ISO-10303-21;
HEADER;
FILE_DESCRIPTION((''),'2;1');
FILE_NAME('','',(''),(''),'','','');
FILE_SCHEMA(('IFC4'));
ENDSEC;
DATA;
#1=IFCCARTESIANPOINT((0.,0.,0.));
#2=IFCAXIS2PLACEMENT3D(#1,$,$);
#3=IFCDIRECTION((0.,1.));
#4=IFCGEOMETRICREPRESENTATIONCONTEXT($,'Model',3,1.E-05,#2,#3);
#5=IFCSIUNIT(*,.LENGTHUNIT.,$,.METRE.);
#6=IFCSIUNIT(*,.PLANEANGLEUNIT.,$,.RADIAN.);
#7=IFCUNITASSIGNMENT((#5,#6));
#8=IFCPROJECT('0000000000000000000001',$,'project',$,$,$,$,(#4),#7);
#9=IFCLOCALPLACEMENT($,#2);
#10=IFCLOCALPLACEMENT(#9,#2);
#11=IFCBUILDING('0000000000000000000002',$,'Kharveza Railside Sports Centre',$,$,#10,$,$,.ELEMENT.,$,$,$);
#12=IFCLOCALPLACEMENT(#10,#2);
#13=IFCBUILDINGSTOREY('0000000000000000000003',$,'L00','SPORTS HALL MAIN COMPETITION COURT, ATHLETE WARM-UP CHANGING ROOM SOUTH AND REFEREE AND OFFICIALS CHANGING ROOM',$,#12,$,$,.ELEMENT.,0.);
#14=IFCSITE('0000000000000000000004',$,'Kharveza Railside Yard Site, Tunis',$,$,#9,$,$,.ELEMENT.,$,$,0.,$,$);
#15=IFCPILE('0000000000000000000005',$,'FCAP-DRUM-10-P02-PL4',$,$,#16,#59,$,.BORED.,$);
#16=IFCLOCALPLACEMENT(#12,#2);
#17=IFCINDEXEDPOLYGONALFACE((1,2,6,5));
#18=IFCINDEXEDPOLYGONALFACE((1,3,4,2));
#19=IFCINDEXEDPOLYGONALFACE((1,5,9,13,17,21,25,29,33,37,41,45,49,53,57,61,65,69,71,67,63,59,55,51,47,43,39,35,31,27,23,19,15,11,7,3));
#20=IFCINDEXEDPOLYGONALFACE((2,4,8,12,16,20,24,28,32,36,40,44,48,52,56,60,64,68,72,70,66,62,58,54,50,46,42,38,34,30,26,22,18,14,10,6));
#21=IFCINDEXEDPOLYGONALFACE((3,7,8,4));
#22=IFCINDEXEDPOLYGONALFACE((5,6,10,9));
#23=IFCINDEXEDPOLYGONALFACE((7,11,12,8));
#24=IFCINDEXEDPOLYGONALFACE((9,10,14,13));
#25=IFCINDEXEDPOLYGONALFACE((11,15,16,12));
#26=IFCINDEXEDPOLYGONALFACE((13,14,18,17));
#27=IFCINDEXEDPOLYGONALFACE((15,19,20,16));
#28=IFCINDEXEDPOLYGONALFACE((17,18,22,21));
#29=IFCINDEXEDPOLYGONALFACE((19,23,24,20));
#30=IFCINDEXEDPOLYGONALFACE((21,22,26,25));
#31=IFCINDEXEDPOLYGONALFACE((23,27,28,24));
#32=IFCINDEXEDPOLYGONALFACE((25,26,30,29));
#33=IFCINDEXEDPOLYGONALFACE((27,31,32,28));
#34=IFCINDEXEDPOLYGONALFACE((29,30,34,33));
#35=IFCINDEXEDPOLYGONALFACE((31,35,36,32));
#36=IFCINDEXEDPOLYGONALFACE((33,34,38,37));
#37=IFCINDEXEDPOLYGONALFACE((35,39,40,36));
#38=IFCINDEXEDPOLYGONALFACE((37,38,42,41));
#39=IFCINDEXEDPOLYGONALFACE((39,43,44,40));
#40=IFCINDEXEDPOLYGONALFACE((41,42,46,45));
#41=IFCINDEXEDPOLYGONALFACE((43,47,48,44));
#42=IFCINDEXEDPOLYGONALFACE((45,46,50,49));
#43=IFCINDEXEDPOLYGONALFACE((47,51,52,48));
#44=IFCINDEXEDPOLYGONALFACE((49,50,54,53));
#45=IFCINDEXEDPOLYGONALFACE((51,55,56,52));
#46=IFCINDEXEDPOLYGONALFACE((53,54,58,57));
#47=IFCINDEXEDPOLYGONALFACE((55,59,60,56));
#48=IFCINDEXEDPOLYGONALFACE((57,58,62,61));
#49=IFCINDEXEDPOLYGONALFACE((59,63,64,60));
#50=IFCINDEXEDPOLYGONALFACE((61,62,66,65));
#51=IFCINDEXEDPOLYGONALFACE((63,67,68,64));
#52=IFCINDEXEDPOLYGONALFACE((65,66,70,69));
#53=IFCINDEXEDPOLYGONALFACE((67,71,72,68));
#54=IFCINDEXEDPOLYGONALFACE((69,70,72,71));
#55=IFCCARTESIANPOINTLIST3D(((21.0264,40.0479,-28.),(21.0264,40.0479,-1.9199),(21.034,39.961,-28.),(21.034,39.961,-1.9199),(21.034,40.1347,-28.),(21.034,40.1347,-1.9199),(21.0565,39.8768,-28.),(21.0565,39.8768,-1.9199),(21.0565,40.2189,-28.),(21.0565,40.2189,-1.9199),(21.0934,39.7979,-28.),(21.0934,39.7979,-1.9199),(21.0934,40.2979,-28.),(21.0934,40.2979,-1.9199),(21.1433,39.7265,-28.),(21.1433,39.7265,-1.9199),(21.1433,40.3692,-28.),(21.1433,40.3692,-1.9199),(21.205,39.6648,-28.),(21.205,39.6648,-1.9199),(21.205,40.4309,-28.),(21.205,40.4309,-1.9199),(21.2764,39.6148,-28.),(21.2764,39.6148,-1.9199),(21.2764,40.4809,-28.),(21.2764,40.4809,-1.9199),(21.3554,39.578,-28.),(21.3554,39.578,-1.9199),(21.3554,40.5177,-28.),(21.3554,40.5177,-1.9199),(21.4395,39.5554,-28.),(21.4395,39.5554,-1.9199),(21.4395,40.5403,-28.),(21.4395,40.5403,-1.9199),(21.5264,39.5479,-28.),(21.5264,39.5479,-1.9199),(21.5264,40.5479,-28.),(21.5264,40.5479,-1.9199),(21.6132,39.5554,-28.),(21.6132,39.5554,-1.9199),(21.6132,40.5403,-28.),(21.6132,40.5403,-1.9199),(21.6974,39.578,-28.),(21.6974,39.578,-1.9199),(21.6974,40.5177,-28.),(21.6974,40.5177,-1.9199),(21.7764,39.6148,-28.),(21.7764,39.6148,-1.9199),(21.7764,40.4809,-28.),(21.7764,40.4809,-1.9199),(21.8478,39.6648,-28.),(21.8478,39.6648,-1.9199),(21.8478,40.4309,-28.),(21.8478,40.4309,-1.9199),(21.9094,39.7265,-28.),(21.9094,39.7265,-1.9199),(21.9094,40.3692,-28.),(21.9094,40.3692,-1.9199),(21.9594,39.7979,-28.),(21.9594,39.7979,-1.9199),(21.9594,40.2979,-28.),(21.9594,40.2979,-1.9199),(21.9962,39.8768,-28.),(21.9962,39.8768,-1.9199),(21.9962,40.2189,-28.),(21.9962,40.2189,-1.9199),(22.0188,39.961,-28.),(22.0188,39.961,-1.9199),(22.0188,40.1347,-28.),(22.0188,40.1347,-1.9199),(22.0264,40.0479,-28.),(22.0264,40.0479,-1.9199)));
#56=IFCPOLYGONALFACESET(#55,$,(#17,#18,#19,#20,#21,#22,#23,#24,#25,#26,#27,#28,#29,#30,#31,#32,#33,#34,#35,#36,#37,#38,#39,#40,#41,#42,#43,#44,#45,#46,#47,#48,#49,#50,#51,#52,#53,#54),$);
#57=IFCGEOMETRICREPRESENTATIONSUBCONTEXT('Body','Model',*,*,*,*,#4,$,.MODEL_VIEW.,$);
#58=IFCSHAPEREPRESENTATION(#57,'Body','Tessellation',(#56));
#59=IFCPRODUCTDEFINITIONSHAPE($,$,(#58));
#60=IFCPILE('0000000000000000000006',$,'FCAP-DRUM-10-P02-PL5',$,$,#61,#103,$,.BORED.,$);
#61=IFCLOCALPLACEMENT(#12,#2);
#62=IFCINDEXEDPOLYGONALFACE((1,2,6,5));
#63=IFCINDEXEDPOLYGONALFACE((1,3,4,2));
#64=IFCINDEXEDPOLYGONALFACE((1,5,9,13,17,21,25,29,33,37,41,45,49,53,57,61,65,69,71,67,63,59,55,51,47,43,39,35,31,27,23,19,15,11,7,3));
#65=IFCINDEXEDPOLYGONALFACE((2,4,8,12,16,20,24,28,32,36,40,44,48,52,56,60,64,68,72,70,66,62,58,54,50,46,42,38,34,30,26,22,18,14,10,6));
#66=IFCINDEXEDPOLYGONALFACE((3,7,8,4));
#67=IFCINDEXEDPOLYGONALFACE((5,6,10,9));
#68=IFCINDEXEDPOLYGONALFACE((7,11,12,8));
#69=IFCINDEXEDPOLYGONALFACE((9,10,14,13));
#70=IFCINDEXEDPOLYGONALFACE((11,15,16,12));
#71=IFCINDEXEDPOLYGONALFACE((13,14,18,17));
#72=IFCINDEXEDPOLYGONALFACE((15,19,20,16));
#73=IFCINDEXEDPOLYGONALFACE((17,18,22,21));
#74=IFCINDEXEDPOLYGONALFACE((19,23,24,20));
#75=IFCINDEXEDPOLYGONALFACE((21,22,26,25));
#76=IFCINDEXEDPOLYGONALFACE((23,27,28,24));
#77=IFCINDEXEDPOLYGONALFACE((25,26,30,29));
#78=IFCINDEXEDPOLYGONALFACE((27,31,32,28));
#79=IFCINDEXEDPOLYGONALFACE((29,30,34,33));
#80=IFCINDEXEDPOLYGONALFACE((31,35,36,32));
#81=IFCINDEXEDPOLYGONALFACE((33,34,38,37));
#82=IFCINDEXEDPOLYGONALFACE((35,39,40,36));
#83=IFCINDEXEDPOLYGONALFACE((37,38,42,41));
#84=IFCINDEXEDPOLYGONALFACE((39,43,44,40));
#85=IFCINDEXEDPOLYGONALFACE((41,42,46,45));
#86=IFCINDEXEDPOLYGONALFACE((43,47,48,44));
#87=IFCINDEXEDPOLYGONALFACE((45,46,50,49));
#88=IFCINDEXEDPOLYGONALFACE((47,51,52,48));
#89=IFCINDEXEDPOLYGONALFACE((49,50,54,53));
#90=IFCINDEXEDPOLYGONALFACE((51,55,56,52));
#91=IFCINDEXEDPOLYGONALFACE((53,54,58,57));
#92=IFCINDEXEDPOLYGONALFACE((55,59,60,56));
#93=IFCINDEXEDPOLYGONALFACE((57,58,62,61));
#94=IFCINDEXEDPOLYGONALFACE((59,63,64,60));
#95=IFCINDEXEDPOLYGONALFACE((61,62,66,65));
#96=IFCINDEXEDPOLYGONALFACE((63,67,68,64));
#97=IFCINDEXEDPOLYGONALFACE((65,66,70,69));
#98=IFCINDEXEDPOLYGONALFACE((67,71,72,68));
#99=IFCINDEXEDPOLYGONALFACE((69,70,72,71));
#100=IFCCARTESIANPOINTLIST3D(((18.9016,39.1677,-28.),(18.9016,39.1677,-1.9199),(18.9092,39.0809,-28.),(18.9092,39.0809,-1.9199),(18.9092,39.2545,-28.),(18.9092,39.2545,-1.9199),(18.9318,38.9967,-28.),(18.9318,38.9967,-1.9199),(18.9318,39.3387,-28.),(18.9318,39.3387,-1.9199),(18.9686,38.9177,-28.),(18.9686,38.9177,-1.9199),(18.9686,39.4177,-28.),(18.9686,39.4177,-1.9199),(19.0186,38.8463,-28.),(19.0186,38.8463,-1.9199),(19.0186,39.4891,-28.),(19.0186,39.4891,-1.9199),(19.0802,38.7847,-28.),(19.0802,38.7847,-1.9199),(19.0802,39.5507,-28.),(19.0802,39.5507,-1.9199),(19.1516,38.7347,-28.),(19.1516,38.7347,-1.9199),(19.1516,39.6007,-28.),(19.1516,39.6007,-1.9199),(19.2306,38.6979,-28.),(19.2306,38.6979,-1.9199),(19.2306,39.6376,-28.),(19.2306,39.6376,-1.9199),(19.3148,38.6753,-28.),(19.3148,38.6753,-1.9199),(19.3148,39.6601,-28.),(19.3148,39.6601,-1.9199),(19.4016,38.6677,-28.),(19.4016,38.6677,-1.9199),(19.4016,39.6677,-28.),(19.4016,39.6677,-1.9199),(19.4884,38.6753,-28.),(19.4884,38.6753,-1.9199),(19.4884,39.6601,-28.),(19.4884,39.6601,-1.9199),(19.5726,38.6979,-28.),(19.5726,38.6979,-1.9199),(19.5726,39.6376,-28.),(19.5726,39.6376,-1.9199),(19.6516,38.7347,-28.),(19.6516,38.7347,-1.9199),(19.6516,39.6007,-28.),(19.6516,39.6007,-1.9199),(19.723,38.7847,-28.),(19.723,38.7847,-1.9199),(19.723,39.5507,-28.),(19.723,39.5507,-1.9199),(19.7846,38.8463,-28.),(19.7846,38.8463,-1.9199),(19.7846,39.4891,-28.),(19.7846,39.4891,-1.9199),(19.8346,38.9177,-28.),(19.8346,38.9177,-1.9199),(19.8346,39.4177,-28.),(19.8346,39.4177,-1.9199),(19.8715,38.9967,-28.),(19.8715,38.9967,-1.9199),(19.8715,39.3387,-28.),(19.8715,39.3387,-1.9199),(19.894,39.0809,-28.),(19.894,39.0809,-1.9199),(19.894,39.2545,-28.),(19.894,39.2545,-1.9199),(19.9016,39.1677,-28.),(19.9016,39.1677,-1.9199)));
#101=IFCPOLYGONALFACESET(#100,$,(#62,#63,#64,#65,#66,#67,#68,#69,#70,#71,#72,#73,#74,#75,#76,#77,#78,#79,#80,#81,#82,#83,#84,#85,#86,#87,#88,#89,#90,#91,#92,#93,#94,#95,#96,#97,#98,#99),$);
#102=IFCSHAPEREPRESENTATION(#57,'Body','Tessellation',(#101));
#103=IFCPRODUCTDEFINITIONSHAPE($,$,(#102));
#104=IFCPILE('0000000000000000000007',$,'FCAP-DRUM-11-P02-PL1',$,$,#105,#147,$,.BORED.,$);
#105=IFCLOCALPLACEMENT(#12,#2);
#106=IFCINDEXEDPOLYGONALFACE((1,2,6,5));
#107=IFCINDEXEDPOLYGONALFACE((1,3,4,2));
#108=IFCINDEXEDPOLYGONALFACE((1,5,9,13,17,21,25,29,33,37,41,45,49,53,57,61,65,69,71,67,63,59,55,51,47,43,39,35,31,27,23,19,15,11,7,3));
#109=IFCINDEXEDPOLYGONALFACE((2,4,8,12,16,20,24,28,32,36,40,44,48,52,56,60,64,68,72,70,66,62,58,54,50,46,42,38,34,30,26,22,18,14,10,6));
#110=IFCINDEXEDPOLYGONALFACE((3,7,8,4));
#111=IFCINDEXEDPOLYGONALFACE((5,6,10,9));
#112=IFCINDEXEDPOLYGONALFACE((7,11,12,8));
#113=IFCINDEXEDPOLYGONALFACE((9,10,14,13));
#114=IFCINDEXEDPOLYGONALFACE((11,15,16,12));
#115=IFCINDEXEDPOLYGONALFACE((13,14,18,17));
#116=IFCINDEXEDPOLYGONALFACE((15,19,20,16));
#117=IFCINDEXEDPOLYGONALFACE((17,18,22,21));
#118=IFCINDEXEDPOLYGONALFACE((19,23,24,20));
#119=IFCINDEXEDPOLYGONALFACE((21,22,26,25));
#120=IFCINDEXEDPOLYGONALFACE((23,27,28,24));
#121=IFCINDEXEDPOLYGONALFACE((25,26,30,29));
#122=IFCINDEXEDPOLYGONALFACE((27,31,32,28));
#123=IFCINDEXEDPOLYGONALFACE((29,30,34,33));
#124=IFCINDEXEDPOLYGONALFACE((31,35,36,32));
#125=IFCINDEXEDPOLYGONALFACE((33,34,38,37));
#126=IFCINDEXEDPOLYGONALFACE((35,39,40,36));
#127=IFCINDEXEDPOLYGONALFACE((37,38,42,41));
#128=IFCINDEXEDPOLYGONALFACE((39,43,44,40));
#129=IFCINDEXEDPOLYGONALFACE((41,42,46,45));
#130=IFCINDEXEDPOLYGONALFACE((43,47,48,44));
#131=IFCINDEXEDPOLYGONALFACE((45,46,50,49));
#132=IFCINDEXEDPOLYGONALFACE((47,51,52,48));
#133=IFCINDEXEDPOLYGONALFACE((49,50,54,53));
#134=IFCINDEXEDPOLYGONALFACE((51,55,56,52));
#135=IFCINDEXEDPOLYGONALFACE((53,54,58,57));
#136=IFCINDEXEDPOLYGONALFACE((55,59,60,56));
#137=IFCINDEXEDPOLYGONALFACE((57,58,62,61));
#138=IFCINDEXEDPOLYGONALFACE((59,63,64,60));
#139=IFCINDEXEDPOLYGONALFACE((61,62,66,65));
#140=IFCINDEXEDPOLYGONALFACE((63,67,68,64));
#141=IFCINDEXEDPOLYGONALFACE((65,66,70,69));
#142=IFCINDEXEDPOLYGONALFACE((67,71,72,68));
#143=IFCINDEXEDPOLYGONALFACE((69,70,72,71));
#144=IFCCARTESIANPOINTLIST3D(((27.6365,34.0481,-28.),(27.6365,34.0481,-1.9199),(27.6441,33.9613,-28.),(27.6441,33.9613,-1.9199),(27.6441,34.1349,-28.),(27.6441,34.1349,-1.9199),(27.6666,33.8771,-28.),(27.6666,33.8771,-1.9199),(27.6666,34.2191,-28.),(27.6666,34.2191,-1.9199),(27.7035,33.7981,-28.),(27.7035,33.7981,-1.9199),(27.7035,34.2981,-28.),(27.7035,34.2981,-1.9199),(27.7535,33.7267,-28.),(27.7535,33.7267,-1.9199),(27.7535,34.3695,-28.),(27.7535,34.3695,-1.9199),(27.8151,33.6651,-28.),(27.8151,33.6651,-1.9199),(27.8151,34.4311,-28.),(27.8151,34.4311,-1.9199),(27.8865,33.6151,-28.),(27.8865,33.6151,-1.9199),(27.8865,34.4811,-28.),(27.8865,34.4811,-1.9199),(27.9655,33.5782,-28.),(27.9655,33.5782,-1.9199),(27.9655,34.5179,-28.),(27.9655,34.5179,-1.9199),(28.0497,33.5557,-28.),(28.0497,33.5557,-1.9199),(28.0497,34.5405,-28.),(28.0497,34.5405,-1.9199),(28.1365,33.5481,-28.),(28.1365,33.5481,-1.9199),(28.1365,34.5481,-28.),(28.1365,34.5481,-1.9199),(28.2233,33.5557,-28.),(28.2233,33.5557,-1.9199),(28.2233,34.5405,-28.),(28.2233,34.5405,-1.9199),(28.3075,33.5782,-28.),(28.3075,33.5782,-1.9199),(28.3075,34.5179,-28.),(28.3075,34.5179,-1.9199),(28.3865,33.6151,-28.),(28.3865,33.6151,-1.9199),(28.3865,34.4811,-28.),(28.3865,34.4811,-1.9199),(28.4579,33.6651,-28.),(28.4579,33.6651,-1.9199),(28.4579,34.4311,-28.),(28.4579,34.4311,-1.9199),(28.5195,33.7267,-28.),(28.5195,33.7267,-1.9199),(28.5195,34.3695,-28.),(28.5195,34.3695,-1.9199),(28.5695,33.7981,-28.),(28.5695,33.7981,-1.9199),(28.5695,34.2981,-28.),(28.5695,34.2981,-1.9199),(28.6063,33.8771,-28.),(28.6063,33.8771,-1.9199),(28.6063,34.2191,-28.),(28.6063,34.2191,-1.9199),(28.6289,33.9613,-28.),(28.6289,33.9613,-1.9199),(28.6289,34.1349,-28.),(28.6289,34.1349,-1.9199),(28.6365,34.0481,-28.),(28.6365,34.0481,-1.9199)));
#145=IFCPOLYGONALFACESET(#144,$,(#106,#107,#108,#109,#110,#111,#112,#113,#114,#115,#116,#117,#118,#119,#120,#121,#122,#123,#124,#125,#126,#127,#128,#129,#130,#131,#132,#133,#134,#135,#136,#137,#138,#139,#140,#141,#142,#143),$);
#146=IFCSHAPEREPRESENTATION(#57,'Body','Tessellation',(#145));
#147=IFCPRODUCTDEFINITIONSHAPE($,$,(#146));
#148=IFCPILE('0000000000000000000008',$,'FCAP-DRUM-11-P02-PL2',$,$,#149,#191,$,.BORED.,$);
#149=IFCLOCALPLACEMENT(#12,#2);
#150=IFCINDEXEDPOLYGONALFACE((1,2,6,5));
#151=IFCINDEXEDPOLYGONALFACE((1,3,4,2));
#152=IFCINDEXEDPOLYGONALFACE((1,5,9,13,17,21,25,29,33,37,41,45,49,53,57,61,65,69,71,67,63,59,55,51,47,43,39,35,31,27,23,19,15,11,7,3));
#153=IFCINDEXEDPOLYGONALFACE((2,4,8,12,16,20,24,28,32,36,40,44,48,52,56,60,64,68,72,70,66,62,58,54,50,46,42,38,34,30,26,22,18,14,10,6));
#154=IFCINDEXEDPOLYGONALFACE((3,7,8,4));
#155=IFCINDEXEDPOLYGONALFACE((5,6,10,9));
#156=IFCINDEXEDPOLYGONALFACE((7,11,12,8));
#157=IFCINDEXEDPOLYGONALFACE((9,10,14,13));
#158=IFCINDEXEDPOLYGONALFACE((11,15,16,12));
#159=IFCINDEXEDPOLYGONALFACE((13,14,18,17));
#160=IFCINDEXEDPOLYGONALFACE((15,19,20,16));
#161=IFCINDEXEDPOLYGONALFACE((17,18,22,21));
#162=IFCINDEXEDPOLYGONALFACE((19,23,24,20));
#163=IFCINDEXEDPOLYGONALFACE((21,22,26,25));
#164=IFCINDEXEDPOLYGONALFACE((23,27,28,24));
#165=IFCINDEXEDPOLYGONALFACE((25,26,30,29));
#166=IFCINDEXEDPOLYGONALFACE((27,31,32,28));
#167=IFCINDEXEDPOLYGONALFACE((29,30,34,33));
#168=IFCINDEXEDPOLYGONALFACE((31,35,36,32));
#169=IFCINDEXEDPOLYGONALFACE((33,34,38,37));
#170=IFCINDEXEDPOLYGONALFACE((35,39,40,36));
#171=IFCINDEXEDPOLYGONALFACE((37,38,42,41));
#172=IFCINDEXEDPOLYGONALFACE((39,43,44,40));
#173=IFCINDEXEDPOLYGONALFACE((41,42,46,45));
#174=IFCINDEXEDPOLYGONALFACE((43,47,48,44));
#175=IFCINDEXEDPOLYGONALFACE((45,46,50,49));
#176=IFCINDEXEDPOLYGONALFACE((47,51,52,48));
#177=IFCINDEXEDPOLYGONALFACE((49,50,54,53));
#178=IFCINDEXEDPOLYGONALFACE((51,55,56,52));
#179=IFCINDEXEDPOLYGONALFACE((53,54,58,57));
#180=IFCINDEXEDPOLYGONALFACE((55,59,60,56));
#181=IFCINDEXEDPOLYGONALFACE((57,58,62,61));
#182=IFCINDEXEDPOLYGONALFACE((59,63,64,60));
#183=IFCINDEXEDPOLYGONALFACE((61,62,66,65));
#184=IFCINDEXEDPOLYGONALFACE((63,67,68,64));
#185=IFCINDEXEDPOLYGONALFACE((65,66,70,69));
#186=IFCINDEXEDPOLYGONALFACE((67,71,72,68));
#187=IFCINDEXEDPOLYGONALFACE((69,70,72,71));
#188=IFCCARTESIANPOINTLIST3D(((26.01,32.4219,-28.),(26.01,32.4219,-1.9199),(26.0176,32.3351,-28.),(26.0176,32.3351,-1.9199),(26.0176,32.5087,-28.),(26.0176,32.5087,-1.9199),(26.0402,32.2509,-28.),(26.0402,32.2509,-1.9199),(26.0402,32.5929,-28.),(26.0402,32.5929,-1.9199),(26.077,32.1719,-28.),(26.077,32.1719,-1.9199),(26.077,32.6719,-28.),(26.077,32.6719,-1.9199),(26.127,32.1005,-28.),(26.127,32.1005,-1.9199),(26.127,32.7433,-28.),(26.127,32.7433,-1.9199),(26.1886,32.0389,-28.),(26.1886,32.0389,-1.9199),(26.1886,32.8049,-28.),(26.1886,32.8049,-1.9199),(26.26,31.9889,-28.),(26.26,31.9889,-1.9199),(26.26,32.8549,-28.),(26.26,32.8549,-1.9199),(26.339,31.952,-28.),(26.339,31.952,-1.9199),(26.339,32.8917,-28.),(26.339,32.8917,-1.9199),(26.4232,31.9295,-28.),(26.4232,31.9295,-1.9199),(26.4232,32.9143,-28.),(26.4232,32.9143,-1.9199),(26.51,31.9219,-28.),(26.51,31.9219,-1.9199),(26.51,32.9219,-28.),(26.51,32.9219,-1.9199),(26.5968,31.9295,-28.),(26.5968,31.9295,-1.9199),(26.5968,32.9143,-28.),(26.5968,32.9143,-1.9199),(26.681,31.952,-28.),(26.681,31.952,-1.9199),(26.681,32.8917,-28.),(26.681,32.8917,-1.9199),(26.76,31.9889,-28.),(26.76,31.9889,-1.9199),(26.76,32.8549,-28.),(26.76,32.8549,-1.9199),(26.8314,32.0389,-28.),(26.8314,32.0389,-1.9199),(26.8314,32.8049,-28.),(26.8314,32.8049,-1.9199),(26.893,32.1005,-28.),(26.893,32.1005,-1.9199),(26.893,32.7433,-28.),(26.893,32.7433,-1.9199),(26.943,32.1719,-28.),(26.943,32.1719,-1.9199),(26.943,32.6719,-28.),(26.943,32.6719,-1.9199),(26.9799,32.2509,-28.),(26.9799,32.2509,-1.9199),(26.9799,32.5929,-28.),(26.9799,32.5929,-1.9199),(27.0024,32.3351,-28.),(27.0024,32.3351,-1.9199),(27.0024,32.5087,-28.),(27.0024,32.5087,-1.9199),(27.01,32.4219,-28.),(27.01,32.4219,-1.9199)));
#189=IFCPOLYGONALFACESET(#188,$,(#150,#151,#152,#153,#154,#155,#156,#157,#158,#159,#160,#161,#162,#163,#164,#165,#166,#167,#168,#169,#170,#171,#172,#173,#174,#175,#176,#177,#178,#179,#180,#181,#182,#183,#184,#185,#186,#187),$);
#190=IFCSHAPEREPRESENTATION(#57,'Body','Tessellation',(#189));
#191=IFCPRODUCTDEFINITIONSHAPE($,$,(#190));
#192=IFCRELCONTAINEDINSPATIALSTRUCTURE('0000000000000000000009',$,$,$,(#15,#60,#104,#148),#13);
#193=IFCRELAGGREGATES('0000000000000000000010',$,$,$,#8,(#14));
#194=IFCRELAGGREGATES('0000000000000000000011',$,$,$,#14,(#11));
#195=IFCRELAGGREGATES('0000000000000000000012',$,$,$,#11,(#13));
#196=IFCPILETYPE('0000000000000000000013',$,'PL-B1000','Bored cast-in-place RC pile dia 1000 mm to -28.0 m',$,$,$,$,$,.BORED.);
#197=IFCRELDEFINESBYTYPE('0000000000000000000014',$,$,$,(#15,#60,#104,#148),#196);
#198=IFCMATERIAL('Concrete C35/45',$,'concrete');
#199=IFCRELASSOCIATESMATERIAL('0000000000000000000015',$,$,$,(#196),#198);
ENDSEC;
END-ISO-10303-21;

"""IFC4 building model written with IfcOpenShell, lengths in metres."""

from ifc_helpers import new_model, si_unit, direction, frame, origin, origin_2d, place, context, subcontext, project, spatial, circle, extrude, material, material_profile, profile_set, type_object, element, save


model = new_model("IFC4")

# Units and contexts
model_context = context("Model", 3, precision=1e-05, world=origin(), true_north=direction((0.0, 1.0)))
body_context = subcontext(model_context, "Body", "Model", "MODEL_VIEW")
ifc_project = project(units=[si_unit("LENGTHUNIT", "METRE"), si_unit("PLANEANGLEUNIT", "RADIAN")], contexts=[model_context])

# Site, building, storey
site_placement = place(None, origin())
site = spatial("IfcSite", under=ifc_project, at=site_placement, Name="Kharveza Railside Yard Site, Tunis", CompositionType="ELEMENT", RefElevation=0.0)
building_placement = place(site_placement, origin())
building = spatial("IfcBuilding", under=site, at=building_placement, Name="Kharveza Railside Sports Centre", CompositionType="ELEMENT")
storey_placement = place(building_placement, origin())
storey = spatial("IfcBuildingStorey", under=building, at=storey_placement, Name="L00", Description="SPORTS HALL MAIN COMPETITION COURT, ATHLETE WARM-UP CHANGING ROOM SOUTH AND REFEREE AND OFFICIALS CHANGING ROOM", CompositionType="ELEMENT", Elevation=0.0)

# Piles
ifc_material_1 = material(Name="Concrete C35/45", Category="concrete")
ifc_material_profile_1 = material_profile(ifc_material_1, circle(Radius=0.5, at=origin_2d()), Name="PILE D1000")
ifc_profile_set_1 = profile_set([ifc_material_profile_1], Name="Concrete C35/45")
pile_type = type_object("IfcPileType", Name="PL-B1000", Description="Bored cast-in-place RC pile dia 1000 mm to -28.0 m", PredefinedType="BORED", material=ifc_profile_set_1)
for number, where, z_axis, x_axis, name in (
    (1, (21.5264, 40.0479, -1.9199), (0.0, 0.0, -1.0), (1.0, 0.0, 0.0), "FCAP-DRUM-10-P02-PL4"),
    (2, (19.4016, 39.1677, -1.9199), (0.0, 0.0, -1.0), (1.0, 0.0, 0.0), "FCAP-DRUM-10-P02-PL5"),
    (3, (28.1365, 34.0481, -1.9199), (0.0, 0.0, -1.0), (1.0, 0.0, 0.0), "FCAP-DRUM-11-P02-PL1"),
    (4, (26.51, 32.4219, -1.9199), (0.0, 0.0, -1.0), (1.0, 0.0, 0.0), "FCAP-DRUM-11-P02-PL2"),
):
    element("IfcPile", number, at=place(storey_placement, frame(where, z_axis=z_axis, x_axis=x_axis)), inside=storey, type_object=pile_type, Name=name, PredefinedType="BORED", context=body_context, shape_type="SweptSolid", body=[
        extrude(circle(Radius=0.5, at=origin_2d()), origin(), (0.0, 0.0, 1.0), 26.0801),
    ])

save(model, "model.ifc")
